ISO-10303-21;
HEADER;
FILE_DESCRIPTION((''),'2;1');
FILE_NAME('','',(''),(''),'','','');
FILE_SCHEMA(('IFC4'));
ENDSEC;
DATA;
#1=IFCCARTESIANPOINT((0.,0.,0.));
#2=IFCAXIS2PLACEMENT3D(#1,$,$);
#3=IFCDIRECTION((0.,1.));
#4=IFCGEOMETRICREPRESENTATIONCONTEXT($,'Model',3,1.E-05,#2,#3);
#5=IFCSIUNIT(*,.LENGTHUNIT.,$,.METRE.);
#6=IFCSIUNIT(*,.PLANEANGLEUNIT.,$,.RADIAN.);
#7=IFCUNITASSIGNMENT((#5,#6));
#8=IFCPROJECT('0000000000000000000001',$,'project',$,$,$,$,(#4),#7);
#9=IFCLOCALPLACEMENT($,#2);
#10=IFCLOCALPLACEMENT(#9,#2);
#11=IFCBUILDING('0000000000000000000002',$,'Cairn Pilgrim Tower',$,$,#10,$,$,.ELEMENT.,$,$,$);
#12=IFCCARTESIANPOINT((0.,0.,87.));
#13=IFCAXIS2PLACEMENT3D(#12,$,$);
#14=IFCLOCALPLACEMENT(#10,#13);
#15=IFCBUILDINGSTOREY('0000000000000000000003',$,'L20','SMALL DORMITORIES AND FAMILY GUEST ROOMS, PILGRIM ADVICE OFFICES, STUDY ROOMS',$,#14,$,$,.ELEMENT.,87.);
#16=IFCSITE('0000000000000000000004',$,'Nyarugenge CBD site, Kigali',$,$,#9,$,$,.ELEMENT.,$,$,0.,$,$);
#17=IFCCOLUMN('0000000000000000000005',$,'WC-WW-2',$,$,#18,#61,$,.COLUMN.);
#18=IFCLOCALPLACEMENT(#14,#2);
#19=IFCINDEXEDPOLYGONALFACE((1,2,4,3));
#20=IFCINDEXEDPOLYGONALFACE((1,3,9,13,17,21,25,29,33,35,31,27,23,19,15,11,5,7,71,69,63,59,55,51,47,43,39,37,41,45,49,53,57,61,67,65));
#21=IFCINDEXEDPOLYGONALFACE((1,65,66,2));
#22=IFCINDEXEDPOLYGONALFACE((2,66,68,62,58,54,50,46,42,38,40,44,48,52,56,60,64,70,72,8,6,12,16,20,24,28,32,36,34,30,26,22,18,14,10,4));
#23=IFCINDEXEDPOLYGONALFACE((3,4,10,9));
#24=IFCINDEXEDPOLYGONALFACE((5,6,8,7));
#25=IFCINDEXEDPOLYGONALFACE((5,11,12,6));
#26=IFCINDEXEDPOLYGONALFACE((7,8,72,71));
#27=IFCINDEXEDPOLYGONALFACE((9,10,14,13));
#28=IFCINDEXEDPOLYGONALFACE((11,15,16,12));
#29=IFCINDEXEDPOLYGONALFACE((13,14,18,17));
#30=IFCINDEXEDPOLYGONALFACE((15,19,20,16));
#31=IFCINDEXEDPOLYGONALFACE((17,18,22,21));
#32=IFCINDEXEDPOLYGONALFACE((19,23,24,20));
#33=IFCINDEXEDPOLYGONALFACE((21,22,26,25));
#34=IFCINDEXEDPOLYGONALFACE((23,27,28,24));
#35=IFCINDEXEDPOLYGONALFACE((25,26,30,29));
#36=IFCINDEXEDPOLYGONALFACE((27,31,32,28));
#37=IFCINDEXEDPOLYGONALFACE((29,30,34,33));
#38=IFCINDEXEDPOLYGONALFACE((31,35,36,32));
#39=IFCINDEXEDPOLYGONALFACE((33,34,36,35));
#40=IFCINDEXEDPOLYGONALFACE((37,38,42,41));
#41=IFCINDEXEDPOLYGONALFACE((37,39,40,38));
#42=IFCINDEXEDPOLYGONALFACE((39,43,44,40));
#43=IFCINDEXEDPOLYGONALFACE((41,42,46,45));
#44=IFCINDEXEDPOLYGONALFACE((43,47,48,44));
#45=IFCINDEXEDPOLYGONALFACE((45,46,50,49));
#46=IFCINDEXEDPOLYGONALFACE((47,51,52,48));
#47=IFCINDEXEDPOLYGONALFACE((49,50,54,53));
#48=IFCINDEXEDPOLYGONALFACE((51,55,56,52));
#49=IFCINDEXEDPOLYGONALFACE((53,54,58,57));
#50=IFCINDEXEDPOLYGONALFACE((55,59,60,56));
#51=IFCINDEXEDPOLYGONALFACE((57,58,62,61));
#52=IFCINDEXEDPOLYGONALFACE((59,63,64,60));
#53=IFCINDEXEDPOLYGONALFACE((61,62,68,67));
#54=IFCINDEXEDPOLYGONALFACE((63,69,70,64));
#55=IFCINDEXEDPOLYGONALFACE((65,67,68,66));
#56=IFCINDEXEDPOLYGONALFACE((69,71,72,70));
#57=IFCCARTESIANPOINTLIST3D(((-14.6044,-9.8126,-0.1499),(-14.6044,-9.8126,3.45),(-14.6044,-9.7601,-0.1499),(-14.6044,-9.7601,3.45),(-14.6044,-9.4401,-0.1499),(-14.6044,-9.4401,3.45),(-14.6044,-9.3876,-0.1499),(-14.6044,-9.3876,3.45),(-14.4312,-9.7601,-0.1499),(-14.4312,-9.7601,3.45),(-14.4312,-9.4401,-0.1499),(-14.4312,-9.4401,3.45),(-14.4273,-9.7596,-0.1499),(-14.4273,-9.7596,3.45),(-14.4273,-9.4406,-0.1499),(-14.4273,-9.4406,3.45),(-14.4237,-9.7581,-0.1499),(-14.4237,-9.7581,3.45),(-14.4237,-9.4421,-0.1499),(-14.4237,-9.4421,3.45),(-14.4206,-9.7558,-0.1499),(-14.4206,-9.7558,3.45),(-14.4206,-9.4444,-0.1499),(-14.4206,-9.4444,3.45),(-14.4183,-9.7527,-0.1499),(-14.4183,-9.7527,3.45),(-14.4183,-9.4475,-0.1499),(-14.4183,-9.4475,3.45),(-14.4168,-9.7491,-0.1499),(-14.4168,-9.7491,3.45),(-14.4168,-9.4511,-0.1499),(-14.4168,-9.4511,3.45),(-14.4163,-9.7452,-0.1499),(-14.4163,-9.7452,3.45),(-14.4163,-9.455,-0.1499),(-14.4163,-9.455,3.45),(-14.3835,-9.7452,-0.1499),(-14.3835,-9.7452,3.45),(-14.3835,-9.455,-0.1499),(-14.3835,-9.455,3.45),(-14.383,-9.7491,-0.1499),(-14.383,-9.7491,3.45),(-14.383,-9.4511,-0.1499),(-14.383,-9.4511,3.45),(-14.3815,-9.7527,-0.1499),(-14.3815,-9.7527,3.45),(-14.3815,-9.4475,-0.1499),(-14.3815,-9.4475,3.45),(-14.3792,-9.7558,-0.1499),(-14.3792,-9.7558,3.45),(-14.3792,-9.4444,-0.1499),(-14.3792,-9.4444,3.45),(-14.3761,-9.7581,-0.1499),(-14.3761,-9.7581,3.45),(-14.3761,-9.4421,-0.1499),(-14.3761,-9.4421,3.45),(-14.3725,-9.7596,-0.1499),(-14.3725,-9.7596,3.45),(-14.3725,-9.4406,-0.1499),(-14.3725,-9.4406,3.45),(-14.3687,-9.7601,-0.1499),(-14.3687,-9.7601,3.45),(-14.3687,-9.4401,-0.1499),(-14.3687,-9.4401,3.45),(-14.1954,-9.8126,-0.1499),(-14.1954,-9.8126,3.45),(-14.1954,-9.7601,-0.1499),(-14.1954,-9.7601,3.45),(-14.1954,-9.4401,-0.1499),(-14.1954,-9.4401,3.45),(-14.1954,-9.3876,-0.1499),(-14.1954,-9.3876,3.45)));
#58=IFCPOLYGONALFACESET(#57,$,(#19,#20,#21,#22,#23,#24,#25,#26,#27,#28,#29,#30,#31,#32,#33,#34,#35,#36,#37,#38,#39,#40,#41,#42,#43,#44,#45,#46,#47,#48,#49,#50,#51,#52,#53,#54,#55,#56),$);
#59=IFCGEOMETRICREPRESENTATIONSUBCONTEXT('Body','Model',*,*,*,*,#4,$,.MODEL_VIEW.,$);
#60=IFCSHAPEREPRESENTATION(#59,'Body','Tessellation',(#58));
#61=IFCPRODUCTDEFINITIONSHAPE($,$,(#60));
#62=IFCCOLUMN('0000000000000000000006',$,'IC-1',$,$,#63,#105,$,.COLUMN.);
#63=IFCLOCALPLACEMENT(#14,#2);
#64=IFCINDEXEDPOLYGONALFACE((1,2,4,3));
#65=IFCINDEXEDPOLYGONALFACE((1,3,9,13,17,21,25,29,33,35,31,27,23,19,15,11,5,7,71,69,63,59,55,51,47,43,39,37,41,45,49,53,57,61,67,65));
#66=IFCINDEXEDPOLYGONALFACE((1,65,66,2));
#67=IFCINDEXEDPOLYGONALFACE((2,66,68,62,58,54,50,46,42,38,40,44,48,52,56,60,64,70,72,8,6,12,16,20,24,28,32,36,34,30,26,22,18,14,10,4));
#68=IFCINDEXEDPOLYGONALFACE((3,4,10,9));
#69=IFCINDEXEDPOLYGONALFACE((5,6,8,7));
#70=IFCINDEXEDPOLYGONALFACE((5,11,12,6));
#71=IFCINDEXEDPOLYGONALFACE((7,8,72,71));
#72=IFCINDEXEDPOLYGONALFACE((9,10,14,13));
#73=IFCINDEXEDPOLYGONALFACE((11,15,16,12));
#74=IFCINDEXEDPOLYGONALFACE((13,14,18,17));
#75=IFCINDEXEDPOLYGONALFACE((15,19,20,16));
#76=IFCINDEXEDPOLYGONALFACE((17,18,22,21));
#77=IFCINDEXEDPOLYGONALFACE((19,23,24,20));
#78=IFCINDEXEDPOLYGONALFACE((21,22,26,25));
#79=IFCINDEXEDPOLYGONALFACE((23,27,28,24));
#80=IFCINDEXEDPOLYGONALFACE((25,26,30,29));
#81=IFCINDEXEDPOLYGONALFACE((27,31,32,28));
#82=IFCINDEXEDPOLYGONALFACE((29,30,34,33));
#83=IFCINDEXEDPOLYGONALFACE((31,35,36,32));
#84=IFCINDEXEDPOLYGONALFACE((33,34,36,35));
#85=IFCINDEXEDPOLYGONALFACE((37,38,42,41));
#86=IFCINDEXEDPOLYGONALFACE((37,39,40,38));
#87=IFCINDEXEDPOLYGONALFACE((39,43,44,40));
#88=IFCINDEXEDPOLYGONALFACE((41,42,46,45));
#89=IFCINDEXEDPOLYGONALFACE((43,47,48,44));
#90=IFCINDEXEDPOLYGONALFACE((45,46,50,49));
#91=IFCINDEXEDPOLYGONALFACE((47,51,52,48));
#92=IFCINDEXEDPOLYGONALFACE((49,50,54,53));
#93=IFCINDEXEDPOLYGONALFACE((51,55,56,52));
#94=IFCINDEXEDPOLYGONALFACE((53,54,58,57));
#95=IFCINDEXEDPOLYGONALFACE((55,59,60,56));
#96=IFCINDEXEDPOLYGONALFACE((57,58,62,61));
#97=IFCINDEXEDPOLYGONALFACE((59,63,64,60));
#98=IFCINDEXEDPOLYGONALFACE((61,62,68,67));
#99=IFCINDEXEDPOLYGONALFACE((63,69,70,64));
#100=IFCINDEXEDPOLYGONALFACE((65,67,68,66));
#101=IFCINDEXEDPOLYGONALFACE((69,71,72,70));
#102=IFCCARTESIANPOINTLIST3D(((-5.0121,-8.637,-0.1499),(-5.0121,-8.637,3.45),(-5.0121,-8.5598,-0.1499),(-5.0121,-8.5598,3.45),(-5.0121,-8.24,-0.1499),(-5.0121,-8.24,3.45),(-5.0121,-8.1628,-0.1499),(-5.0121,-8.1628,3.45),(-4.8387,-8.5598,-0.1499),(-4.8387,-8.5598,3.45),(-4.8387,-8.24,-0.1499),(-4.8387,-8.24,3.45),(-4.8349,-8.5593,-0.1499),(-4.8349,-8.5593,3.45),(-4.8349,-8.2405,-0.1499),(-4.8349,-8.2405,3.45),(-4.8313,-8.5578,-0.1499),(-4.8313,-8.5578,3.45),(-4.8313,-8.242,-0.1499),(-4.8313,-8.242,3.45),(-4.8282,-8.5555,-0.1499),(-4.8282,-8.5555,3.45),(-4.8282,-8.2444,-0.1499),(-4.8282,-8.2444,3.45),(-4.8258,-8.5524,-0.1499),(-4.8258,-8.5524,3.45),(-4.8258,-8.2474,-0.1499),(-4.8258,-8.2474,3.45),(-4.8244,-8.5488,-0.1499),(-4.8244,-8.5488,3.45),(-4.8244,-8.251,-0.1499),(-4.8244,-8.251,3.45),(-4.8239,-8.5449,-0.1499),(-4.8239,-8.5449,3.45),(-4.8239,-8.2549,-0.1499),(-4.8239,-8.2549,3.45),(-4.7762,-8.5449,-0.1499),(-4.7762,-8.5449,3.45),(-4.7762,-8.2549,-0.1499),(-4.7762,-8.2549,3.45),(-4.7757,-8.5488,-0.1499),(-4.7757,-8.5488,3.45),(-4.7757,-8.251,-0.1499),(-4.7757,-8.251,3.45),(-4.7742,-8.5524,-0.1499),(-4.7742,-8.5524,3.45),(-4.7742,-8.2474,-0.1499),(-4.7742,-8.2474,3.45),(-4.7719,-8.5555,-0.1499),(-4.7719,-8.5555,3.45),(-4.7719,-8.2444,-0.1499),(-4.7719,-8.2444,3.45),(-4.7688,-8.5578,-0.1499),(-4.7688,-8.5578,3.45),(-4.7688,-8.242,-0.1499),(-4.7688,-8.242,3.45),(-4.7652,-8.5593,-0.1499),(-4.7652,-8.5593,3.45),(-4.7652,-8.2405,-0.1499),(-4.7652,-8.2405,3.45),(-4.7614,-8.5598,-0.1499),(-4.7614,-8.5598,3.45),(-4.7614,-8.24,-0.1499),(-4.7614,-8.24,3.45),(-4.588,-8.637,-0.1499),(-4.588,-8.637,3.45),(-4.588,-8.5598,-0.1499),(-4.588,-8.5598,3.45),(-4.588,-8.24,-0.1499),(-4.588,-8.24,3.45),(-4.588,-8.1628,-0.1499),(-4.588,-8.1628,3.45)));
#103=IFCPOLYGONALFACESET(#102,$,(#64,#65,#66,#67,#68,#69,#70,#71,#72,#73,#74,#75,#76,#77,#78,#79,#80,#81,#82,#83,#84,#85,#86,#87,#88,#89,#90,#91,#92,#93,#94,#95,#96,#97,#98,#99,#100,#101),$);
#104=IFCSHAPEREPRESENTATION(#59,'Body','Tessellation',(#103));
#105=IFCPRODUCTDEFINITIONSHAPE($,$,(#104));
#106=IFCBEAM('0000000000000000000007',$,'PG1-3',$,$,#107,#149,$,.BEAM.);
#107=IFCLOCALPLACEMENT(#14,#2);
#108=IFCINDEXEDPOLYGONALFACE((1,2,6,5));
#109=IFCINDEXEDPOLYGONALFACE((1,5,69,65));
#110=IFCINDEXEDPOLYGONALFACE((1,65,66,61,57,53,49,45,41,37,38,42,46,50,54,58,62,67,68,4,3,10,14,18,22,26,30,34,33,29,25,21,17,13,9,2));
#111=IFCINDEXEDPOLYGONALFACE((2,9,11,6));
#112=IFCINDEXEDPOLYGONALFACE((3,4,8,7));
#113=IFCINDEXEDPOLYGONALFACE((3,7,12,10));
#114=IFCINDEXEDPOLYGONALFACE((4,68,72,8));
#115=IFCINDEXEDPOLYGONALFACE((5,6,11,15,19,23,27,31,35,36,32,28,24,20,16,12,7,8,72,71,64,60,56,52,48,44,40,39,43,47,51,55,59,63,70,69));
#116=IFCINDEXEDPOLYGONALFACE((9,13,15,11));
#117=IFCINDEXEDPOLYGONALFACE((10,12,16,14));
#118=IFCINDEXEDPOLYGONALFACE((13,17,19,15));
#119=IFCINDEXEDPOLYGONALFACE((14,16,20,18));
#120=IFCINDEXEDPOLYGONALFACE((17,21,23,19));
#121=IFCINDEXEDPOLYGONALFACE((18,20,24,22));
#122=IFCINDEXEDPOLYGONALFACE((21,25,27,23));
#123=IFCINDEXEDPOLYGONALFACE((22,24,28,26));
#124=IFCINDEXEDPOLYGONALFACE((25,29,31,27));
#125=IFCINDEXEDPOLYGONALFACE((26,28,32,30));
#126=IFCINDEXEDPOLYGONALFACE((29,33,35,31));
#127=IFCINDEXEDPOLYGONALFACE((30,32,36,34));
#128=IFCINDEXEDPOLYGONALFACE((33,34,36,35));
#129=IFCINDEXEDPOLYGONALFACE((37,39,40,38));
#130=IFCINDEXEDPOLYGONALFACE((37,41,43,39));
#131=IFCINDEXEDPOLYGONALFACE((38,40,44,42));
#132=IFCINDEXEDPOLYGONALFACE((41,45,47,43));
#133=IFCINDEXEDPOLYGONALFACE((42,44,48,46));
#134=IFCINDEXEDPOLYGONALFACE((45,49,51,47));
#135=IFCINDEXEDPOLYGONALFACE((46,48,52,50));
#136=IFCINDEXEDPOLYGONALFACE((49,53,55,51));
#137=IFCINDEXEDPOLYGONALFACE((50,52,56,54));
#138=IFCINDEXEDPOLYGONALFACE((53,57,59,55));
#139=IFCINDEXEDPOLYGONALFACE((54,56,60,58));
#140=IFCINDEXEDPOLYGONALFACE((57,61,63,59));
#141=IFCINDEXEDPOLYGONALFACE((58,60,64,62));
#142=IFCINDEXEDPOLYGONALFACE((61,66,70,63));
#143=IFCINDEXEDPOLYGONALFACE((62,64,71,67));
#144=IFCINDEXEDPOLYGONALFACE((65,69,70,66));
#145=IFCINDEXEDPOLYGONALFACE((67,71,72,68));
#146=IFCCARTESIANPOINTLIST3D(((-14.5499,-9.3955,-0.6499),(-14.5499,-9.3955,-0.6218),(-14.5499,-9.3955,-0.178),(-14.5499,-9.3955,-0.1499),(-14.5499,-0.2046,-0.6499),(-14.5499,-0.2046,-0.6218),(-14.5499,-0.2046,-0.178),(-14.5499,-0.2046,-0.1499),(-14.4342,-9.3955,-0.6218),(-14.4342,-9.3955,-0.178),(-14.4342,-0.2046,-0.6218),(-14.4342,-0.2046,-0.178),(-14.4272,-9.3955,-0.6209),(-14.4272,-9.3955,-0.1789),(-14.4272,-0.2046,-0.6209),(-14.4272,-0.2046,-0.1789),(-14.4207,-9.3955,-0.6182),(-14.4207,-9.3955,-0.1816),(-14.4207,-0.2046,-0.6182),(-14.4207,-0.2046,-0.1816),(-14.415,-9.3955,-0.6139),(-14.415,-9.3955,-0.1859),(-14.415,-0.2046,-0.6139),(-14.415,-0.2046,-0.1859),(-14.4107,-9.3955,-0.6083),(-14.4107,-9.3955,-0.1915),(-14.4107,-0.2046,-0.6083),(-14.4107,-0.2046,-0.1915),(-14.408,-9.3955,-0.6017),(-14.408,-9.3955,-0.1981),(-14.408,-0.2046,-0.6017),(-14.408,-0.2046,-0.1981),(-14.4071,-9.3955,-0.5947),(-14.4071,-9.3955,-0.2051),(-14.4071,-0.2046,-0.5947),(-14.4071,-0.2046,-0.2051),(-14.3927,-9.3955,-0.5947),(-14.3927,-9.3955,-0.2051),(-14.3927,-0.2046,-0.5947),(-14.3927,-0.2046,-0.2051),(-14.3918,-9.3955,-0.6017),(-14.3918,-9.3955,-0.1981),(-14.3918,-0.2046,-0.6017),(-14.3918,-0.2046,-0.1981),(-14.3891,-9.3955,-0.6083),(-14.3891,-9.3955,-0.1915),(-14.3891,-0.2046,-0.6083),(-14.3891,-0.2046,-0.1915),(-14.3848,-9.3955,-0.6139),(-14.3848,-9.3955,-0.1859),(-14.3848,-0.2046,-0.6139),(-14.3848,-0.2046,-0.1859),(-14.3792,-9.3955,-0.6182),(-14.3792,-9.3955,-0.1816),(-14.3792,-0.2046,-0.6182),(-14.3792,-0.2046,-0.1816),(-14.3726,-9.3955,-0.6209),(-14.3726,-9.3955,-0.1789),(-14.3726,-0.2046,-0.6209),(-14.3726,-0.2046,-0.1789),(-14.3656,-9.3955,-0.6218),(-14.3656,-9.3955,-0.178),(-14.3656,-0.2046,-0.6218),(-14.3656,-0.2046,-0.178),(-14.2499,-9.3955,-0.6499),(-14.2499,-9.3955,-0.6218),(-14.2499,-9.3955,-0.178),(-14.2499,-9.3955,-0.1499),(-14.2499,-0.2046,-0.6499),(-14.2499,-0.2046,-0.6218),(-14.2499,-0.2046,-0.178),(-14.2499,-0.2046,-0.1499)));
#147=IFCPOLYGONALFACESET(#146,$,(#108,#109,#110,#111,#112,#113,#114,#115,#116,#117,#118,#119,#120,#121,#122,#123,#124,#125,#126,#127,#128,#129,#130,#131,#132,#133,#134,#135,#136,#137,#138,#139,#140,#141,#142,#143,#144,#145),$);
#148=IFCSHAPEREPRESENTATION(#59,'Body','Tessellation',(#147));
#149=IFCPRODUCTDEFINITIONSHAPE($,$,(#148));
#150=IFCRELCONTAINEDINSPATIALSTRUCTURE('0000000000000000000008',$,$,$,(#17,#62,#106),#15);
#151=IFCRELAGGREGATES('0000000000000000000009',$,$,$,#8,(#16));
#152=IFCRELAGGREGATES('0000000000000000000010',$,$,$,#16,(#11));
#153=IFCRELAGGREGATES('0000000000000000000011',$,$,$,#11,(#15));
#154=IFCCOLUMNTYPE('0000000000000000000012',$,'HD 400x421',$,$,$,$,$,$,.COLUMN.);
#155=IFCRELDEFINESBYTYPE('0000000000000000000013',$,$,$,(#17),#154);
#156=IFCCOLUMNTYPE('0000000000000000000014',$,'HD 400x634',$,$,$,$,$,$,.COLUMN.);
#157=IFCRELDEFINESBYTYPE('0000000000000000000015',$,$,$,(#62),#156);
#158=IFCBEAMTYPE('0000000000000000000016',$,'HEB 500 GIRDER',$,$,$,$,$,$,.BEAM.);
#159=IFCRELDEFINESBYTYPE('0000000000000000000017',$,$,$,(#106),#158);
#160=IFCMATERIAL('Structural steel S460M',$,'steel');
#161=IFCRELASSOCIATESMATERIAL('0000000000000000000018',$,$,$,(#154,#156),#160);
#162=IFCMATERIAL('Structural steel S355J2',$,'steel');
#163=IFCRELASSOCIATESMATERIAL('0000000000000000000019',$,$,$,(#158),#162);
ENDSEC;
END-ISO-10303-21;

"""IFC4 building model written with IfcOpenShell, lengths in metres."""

from ifc_helpers import new_model, si_unit, direction, frame, origin, origin_2d, place, context, subcontext, project, spatial, i_section, extrude, material, material_profile, profile_set, type_object, element, save


model = new_model("IFC4")

# Units and contexts
model_context = context("Model", 3, precision=1e-05, world=origin(), true_north=direction((0.0, 1.0)))
body_context = subcontext(model_context, "Body", "Model", "MODEL_VIEW")
ifc_project = project(units=[si_unit("LENGTHUNIT", "METRE"), si_unit("PLANEANGLEUNIT", "RADIAN")], contexts=[model_context])

# Site, building, storey
site_placement = place(None, origin())
site = spatial("IfcSite", under=ifc_project, at=site_placement, Name="Nyarugenge CBD site, Kigali", CompositionType="ELEMENT", RefElevation=0.0)
building_placement = place(site_placement, origin())
building = spatial("IfcBuilding", under=site, at=building_placement, Name="Cairn Pilgrim Tower", CompositionType="ELEMENT")
storey_placement = place(building_placement, frame((0.0, 0.0, 87.0)))
storey = spatial("IfcBuildingStorey", under=building, at=storey_placement, Name="L20", Description="SMALL DORMITORIES AND FAMILY GUEST ROOMS, PILGRIM ADVICE OFFICES, STUDY ROOMS", CompositionType="ELEMENT", Elevation=87.0)

# Columns
ifc_material_1 = material(Name="Structural steel S460M", Category="steel")
ifc_material_profile_1 = material_profile(ifc_material_1, i_section(OverallWidth=0.4089, OverallDepth=0.425, WebThickness=0.0327, FlangeThickness=0.0525, FilletRadius=0.0149, at=origin_2d()), Name="HD 400x421")
ifc_profile_set_1 = profile_set([ifc_material_profile_1], Name="Structural steel S460M")
column_type_1 = type_object("IfcColumnType", Name="HD 400x421", PredefinedType="COLUMN", material=ifc_profile_set_1)
column_1_placement = place(storey_placement, frame((-14.3999, -9.6001, -0.1499), z_axis=(0.0, 0.0, 1.0), x_axis=(1.0, 0.0, 0.0)))
element("IfcColumn", 1, at=column_1_placement, inside=storey, type_object=column_type_1, Name="WC-WW-2", PredefinedType="COLUMN", context=body_context, shape_type="SweptSolid", body=[
    extrude(i_section(OverallWidth=0.4089, OverallDepth=0.425, WebThickness=0.0327, FlangeThickness=0.0525, FilletRadius=0.0149, at=origin_2d()), origin(), (0.0, 0.0, 1.0), 3.5999),
])
ifc_material_profile_2 = material_profile(ifc_material_1, i_section(OverallWidth=0.4241, OverallDepth=0.4741, WebThickness=0.0476, FlangeThickness=0.0771, FilletRadius=0.0149, at=origin_2d()), Name="HD 400x634")
ifc_profile_set_2 = profile_set([ifc_material_profile_2], Name="Structural steel S460M")
column_type_2 = type_object("IfcColumnType", Name="HD 400x634", PredefinedType="COLUMN", material=ifc_profile_set_2)
column_2_placement = place(storey_placement, frame((-4.8, -8.3999, -0.1499), z_axis=(0.0, 0.0, 1.0), x_axis=(1.0, 0.0, 0.0)))
element("IfcColumn", 2, at=column_2_placement, inside=storey, type_object=column_type_2, Name="IC-1", PredefinedType="COLUMN", context=body_context, shape_type="SweptSolid", body=[
    extrude(i_section(OverallWidth=0.4241, OverallDepth=0.4741, WebThickness=0.0476, FlangeThickness=0.0771, FilletRadius=0.0149, at=origin_2d()), origin(), (0.0, 0.0, 1.0), 3.5999),
])

# Beam
ifc_material_2 = material(Name="Structural steel S355J2", Category="steel")
ifc_material_profile_3 = material_profile(ifc_material_2, i_section(OverallWidth=0.3, OverallDepth=0.5, WebThickness=0.0144, FlangeThickness=0.0281, FilletRadius=0.0271, at=origin_2d()), Name="HEB 500")
ifc_profile_set_3 = profile_set([ifc_material_profile_3], Name="Structural steel S355J2")
beam_type_1 = type_object("IfcBeamType", Name="HEB 500 GIRDER", PredefinedType="BEAM", material=ifc_profile_set_3)
beam_1_placement = place(storey_placement, frame((-14.3999, -9.3955, -0.3999), z_axis=(0.0, 1.0, 0.0), x_axis=(-1.0, 0.0, 0.0)))
element("IfcBeam", 3, at=beam_1_placement, inside=storey, type_object=beam_type_1, Name="PG1-3", PredefinedType="BEAM", context=body_context, shape_type="SweptSolid", body=[
    extrude(i_section(OverallWidth=0.3, OverallDepth=0.5, WebThickness=0.0144, FlangeThickness=0.0281, FilletRadius=0.0271, at=origin_2d()), origin(), (0.0, 0.0, 1.0), 9.1909),
])

save(model, "model.ifc")
